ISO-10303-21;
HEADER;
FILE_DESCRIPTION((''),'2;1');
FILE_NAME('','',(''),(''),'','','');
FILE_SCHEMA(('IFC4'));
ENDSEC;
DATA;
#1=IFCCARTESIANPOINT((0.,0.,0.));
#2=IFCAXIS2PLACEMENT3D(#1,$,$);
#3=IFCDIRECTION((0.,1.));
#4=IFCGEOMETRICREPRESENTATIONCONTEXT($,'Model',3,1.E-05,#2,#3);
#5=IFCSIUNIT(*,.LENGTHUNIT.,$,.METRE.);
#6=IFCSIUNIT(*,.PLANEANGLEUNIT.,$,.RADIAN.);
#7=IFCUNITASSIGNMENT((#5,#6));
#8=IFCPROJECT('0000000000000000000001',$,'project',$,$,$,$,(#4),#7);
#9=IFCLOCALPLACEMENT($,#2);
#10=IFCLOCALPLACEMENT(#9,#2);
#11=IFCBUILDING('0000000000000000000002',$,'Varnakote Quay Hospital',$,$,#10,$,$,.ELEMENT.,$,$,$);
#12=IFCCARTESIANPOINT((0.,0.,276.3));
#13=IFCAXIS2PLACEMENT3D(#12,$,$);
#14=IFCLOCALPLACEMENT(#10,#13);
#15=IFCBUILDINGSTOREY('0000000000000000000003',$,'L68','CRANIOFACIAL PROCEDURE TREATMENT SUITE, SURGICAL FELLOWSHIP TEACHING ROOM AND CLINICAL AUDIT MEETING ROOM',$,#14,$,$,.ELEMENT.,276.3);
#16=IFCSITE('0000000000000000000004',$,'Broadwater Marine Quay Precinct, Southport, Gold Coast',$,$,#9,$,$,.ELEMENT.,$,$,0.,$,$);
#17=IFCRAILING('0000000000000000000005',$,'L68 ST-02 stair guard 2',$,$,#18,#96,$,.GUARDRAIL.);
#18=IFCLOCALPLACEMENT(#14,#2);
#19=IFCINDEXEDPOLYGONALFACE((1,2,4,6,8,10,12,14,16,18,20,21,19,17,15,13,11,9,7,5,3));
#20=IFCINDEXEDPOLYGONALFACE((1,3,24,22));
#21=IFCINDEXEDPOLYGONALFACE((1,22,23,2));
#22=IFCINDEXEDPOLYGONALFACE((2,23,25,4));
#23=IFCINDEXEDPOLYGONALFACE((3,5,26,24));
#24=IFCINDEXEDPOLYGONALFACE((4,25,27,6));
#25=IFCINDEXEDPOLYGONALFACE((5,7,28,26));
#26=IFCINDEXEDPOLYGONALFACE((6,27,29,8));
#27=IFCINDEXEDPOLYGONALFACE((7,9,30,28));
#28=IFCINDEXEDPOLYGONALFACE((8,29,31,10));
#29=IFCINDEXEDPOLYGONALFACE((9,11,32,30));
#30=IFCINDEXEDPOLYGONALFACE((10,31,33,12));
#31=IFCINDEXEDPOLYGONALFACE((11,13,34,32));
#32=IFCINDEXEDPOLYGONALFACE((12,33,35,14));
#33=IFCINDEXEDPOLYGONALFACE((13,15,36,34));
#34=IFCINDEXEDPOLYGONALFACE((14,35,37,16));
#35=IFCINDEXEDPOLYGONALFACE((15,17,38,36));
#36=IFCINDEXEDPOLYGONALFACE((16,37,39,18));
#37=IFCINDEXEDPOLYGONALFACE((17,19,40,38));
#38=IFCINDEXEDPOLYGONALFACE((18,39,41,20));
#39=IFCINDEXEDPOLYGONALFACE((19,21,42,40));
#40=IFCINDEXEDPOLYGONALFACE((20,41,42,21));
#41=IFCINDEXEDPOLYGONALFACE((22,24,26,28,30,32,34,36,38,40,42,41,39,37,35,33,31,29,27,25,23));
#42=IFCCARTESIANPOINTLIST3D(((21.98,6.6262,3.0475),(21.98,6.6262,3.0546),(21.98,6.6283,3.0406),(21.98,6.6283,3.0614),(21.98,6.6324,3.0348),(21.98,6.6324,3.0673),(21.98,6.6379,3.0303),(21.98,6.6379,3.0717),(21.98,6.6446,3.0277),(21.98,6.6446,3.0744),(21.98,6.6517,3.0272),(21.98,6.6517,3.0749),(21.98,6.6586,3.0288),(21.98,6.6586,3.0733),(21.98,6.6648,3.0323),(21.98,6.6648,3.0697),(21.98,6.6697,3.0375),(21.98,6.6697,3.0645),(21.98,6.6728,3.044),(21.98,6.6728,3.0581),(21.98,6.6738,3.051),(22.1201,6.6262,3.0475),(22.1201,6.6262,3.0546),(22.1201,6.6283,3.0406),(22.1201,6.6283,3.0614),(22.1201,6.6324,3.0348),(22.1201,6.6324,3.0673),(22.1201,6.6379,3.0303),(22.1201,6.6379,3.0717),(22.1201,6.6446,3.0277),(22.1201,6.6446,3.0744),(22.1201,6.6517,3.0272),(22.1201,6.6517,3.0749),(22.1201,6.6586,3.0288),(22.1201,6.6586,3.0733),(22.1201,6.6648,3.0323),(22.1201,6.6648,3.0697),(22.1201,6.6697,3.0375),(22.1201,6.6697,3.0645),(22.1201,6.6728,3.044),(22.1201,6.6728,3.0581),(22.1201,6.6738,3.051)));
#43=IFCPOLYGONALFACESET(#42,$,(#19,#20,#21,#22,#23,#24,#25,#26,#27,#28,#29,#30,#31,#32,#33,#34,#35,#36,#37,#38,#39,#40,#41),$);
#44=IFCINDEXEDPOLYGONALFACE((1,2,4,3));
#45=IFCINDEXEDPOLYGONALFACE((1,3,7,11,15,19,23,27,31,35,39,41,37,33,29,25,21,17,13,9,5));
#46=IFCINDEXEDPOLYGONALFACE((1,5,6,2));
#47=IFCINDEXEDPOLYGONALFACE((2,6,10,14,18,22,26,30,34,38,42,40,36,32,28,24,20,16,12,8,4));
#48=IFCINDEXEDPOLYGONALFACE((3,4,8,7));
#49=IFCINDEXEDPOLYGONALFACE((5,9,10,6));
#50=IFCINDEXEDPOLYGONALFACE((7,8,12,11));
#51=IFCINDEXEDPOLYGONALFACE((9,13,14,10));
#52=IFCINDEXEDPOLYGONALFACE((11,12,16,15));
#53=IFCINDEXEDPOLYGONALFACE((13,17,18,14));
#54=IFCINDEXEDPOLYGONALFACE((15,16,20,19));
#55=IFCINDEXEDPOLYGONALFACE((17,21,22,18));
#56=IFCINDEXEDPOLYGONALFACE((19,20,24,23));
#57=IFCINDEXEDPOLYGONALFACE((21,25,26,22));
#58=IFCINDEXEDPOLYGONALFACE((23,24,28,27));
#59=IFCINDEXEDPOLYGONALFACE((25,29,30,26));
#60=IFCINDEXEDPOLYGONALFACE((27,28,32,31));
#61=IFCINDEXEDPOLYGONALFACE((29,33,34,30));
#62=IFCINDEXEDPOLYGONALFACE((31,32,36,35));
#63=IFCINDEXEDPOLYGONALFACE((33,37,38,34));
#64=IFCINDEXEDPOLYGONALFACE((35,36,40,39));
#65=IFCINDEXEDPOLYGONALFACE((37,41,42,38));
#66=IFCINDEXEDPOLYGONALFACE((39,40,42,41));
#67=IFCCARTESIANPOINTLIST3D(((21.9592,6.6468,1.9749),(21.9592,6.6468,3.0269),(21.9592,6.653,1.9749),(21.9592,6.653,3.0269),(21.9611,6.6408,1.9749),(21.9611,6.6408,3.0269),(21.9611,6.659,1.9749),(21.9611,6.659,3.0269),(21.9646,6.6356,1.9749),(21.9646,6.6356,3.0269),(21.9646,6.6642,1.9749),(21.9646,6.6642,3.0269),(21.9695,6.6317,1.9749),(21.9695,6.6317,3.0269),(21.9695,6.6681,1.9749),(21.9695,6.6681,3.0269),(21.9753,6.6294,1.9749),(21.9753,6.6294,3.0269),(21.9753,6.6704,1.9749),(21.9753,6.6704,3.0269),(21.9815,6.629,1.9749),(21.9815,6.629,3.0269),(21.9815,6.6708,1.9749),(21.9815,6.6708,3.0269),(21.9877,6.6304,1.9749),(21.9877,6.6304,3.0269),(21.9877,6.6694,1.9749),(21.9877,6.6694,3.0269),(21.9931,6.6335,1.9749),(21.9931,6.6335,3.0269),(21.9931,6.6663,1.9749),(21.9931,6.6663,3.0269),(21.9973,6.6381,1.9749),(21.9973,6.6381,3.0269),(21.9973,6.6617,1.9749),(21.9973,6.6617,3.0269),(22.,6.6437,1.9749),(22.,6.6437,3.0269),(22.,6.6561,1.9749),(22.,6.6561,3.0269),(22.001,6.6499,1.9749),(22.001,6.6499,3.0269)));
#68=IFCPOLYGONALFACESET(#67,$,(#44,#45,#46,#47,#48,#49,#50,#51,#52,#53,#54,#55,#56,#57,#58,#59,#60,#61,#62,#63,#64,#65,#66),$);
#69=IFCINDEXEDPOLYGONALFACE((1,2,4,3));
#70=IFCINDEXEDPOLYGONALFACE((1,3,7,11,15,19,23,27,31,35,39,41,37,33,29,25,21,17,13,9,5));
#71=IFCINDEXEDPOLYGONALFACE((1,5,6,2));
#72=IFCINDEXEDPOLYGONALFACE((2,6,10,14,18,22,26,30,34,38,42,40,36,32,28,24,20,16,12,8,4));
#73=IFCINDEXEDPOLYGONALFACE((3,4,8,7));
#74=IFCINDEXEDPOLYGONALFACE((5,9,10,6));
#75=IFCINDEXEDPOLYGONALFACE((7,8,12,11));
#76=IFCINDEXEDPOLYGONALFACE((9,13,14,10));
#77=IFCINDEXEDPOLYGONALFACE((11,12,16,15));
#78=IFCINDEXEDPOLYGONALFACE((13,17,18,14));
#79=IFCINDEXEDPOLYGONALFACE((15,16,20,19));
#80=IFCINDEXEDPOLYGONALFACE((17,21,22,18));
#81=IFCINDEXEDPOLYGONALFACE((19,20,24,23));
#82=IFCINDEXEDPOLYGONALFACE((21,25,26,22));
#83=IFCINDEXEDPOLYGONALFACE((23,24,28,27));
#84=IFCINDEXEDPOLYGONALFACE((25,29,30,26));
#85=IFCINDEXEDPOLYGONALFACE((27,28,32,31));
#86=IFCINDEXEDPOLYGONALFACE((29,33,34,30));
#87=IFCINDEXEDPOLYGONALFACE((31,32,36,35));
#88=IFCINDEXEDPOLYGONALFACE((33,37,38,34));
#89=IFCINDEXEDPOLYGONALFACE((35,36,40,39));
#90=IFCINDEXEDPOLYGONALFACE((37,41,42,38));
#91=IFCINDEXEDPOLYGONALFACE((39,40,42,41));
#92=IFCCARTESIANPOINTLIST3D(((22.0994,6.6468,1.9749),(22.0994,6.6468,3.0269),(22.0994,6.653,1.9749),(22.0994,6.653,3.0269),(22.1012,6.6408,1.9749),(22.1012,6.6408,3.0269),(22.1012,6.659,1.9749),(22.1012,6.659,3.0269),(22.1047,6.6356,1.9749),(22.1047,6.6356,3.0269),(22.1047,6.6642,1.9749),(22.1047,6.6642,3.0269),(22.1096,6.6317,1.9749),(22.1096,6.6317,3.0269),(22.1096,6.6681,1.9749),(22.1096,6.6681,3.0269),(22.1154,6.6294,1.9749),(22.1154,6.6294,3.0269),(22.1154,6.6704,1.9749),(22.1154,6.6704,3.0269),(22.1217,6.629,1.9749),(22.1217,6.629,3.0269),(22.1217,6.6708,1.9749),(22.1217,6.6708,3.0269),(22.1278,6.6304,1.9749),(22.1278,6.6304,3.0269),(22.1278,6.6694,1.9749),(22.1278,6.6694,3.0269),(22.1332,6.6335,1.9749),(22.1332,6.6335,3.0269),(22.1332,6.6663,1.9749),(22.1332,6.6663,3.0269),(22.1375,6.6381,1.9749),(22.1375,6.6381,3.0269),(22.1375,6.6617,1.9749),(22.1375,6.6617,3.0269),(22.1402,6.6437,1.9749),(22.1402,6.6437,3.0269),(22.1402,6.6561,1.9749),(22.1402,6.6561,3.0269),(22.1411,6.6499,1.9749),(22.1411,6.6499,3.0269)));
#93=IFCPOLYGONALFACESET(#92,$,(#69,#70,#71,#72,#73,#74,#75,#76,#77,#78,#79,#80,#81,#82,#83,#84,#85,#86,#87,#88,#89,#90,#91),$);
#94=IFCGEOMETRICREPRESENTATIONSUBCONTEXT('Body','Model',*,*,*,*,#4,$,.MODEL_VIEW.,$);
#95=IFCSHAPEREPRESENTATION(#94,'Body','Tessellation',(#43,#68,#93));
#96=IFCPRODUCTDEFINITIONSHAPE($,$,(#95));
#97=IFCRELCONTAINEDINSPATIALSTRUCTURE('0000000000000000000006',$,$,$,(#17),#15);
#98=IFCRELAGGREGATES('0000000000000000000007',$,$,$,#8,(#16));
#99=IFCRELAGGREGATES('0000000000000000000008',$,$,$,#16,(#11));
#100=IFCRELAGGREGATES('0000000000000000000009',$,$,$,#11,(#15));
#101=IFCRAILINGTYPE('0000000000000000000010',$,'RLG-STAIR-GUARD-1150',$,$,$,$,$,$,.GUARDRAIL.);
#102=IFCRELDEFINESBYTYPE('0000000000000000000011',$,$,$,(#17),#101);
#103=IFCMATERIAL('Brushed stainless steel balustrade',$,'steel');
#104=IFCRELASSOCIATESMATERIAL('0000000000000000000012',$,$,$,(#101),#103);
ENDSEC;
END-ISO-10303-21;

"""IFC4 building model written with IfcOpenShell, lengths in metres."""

from ifc_helpers import new_model, si_unit, direction, frame, origin, origin_2d, place, context, subcontext, project, spatial, circle, extrude, material, type_object, element, save


model = new_model("IFC4")

# Units and contexts
model_context = context("Model", 3, precision=1e-05, world=origin(), true_north=direction((0.0, 1.0)))
body_context = subcontext(model_context, "Body", "Model", "MODEL_VIEW")
ifc_project = project(units=[si_unit("LENGTHUNIT", "METRE"), si_unit("PLANEANGLEUNIT", "RADIAN")], contexts=[model_context])

# Site, building, storey
site_placement = place(None, origin())
site = spatial("IfcSite", under=ifc_project, at=site_placement, Name="Broadwater Marine Quay Precinct, Southport, Gold Coast", CompositionType="ELEMENT", RefElevation=0.0)
building_placement = place(site_placement, origin())
building = spatial("IfcBuilding", under=site, at=building_placement, Name="Varnakote Quay Hospital", CompositionType="ELEMENT")
storey_placement = place(building_placement, frame((0.0, 0.0, 276.3)))
storey = spatial("IfcBuildingStorey", under=building, at=storey_placement, Name="L68", Description="CRANIOFACIAL PROCEDURE TREATMENT SUITE, SURGICAL FELLOWSHIP TEACHING ROOM AND CLINICAL AUDIT MEETING ROOM", CompositionType="ELEMENT", Elevation=276.3)

# Railing
ifc_material_1 = material(Name="Brushed stainless steel balustrade", Category="steel")
railing_type_1 = type_object("IfcRailingType", Name="RLG-STAIR-GUARD-1150", PredefinedType="GUARDRAIL", material=ifc_material_1)
railing_1_placement = place(storey_placement, frame((21.98, 6.6499, 1.9749)))
element("IfcRailing", 1, at=railing_1_placement, inside=storey, type_object=railing_type_1, Name="L68 ST-02 stair guard 2", PredefinedType="GUARDRAIL", context=body_context, shape_type="SweptSolid", body=[
    extrude(circle(Radius=0.0239, at=origin_2d()), frame((0.0, 0.0, 1.0762), z_axis=(1.0, 0.0, 0.0), x_axis=(0.0, 1.0, 0.0)), (0.0, 0.0, 1.0), 0.1401),
    extrude(circle(Radius=0.021, at=origin_2d()), origin(), (0.0, 0.0, 1.0), 1.052),
    extrude(circle(Radius=0.021, at=origin_2d()), frame((0.1401, 0.0, 0.0)), (0.0, 0.0, 1.0), 1.052),
])

save(model, "model.ifc")
